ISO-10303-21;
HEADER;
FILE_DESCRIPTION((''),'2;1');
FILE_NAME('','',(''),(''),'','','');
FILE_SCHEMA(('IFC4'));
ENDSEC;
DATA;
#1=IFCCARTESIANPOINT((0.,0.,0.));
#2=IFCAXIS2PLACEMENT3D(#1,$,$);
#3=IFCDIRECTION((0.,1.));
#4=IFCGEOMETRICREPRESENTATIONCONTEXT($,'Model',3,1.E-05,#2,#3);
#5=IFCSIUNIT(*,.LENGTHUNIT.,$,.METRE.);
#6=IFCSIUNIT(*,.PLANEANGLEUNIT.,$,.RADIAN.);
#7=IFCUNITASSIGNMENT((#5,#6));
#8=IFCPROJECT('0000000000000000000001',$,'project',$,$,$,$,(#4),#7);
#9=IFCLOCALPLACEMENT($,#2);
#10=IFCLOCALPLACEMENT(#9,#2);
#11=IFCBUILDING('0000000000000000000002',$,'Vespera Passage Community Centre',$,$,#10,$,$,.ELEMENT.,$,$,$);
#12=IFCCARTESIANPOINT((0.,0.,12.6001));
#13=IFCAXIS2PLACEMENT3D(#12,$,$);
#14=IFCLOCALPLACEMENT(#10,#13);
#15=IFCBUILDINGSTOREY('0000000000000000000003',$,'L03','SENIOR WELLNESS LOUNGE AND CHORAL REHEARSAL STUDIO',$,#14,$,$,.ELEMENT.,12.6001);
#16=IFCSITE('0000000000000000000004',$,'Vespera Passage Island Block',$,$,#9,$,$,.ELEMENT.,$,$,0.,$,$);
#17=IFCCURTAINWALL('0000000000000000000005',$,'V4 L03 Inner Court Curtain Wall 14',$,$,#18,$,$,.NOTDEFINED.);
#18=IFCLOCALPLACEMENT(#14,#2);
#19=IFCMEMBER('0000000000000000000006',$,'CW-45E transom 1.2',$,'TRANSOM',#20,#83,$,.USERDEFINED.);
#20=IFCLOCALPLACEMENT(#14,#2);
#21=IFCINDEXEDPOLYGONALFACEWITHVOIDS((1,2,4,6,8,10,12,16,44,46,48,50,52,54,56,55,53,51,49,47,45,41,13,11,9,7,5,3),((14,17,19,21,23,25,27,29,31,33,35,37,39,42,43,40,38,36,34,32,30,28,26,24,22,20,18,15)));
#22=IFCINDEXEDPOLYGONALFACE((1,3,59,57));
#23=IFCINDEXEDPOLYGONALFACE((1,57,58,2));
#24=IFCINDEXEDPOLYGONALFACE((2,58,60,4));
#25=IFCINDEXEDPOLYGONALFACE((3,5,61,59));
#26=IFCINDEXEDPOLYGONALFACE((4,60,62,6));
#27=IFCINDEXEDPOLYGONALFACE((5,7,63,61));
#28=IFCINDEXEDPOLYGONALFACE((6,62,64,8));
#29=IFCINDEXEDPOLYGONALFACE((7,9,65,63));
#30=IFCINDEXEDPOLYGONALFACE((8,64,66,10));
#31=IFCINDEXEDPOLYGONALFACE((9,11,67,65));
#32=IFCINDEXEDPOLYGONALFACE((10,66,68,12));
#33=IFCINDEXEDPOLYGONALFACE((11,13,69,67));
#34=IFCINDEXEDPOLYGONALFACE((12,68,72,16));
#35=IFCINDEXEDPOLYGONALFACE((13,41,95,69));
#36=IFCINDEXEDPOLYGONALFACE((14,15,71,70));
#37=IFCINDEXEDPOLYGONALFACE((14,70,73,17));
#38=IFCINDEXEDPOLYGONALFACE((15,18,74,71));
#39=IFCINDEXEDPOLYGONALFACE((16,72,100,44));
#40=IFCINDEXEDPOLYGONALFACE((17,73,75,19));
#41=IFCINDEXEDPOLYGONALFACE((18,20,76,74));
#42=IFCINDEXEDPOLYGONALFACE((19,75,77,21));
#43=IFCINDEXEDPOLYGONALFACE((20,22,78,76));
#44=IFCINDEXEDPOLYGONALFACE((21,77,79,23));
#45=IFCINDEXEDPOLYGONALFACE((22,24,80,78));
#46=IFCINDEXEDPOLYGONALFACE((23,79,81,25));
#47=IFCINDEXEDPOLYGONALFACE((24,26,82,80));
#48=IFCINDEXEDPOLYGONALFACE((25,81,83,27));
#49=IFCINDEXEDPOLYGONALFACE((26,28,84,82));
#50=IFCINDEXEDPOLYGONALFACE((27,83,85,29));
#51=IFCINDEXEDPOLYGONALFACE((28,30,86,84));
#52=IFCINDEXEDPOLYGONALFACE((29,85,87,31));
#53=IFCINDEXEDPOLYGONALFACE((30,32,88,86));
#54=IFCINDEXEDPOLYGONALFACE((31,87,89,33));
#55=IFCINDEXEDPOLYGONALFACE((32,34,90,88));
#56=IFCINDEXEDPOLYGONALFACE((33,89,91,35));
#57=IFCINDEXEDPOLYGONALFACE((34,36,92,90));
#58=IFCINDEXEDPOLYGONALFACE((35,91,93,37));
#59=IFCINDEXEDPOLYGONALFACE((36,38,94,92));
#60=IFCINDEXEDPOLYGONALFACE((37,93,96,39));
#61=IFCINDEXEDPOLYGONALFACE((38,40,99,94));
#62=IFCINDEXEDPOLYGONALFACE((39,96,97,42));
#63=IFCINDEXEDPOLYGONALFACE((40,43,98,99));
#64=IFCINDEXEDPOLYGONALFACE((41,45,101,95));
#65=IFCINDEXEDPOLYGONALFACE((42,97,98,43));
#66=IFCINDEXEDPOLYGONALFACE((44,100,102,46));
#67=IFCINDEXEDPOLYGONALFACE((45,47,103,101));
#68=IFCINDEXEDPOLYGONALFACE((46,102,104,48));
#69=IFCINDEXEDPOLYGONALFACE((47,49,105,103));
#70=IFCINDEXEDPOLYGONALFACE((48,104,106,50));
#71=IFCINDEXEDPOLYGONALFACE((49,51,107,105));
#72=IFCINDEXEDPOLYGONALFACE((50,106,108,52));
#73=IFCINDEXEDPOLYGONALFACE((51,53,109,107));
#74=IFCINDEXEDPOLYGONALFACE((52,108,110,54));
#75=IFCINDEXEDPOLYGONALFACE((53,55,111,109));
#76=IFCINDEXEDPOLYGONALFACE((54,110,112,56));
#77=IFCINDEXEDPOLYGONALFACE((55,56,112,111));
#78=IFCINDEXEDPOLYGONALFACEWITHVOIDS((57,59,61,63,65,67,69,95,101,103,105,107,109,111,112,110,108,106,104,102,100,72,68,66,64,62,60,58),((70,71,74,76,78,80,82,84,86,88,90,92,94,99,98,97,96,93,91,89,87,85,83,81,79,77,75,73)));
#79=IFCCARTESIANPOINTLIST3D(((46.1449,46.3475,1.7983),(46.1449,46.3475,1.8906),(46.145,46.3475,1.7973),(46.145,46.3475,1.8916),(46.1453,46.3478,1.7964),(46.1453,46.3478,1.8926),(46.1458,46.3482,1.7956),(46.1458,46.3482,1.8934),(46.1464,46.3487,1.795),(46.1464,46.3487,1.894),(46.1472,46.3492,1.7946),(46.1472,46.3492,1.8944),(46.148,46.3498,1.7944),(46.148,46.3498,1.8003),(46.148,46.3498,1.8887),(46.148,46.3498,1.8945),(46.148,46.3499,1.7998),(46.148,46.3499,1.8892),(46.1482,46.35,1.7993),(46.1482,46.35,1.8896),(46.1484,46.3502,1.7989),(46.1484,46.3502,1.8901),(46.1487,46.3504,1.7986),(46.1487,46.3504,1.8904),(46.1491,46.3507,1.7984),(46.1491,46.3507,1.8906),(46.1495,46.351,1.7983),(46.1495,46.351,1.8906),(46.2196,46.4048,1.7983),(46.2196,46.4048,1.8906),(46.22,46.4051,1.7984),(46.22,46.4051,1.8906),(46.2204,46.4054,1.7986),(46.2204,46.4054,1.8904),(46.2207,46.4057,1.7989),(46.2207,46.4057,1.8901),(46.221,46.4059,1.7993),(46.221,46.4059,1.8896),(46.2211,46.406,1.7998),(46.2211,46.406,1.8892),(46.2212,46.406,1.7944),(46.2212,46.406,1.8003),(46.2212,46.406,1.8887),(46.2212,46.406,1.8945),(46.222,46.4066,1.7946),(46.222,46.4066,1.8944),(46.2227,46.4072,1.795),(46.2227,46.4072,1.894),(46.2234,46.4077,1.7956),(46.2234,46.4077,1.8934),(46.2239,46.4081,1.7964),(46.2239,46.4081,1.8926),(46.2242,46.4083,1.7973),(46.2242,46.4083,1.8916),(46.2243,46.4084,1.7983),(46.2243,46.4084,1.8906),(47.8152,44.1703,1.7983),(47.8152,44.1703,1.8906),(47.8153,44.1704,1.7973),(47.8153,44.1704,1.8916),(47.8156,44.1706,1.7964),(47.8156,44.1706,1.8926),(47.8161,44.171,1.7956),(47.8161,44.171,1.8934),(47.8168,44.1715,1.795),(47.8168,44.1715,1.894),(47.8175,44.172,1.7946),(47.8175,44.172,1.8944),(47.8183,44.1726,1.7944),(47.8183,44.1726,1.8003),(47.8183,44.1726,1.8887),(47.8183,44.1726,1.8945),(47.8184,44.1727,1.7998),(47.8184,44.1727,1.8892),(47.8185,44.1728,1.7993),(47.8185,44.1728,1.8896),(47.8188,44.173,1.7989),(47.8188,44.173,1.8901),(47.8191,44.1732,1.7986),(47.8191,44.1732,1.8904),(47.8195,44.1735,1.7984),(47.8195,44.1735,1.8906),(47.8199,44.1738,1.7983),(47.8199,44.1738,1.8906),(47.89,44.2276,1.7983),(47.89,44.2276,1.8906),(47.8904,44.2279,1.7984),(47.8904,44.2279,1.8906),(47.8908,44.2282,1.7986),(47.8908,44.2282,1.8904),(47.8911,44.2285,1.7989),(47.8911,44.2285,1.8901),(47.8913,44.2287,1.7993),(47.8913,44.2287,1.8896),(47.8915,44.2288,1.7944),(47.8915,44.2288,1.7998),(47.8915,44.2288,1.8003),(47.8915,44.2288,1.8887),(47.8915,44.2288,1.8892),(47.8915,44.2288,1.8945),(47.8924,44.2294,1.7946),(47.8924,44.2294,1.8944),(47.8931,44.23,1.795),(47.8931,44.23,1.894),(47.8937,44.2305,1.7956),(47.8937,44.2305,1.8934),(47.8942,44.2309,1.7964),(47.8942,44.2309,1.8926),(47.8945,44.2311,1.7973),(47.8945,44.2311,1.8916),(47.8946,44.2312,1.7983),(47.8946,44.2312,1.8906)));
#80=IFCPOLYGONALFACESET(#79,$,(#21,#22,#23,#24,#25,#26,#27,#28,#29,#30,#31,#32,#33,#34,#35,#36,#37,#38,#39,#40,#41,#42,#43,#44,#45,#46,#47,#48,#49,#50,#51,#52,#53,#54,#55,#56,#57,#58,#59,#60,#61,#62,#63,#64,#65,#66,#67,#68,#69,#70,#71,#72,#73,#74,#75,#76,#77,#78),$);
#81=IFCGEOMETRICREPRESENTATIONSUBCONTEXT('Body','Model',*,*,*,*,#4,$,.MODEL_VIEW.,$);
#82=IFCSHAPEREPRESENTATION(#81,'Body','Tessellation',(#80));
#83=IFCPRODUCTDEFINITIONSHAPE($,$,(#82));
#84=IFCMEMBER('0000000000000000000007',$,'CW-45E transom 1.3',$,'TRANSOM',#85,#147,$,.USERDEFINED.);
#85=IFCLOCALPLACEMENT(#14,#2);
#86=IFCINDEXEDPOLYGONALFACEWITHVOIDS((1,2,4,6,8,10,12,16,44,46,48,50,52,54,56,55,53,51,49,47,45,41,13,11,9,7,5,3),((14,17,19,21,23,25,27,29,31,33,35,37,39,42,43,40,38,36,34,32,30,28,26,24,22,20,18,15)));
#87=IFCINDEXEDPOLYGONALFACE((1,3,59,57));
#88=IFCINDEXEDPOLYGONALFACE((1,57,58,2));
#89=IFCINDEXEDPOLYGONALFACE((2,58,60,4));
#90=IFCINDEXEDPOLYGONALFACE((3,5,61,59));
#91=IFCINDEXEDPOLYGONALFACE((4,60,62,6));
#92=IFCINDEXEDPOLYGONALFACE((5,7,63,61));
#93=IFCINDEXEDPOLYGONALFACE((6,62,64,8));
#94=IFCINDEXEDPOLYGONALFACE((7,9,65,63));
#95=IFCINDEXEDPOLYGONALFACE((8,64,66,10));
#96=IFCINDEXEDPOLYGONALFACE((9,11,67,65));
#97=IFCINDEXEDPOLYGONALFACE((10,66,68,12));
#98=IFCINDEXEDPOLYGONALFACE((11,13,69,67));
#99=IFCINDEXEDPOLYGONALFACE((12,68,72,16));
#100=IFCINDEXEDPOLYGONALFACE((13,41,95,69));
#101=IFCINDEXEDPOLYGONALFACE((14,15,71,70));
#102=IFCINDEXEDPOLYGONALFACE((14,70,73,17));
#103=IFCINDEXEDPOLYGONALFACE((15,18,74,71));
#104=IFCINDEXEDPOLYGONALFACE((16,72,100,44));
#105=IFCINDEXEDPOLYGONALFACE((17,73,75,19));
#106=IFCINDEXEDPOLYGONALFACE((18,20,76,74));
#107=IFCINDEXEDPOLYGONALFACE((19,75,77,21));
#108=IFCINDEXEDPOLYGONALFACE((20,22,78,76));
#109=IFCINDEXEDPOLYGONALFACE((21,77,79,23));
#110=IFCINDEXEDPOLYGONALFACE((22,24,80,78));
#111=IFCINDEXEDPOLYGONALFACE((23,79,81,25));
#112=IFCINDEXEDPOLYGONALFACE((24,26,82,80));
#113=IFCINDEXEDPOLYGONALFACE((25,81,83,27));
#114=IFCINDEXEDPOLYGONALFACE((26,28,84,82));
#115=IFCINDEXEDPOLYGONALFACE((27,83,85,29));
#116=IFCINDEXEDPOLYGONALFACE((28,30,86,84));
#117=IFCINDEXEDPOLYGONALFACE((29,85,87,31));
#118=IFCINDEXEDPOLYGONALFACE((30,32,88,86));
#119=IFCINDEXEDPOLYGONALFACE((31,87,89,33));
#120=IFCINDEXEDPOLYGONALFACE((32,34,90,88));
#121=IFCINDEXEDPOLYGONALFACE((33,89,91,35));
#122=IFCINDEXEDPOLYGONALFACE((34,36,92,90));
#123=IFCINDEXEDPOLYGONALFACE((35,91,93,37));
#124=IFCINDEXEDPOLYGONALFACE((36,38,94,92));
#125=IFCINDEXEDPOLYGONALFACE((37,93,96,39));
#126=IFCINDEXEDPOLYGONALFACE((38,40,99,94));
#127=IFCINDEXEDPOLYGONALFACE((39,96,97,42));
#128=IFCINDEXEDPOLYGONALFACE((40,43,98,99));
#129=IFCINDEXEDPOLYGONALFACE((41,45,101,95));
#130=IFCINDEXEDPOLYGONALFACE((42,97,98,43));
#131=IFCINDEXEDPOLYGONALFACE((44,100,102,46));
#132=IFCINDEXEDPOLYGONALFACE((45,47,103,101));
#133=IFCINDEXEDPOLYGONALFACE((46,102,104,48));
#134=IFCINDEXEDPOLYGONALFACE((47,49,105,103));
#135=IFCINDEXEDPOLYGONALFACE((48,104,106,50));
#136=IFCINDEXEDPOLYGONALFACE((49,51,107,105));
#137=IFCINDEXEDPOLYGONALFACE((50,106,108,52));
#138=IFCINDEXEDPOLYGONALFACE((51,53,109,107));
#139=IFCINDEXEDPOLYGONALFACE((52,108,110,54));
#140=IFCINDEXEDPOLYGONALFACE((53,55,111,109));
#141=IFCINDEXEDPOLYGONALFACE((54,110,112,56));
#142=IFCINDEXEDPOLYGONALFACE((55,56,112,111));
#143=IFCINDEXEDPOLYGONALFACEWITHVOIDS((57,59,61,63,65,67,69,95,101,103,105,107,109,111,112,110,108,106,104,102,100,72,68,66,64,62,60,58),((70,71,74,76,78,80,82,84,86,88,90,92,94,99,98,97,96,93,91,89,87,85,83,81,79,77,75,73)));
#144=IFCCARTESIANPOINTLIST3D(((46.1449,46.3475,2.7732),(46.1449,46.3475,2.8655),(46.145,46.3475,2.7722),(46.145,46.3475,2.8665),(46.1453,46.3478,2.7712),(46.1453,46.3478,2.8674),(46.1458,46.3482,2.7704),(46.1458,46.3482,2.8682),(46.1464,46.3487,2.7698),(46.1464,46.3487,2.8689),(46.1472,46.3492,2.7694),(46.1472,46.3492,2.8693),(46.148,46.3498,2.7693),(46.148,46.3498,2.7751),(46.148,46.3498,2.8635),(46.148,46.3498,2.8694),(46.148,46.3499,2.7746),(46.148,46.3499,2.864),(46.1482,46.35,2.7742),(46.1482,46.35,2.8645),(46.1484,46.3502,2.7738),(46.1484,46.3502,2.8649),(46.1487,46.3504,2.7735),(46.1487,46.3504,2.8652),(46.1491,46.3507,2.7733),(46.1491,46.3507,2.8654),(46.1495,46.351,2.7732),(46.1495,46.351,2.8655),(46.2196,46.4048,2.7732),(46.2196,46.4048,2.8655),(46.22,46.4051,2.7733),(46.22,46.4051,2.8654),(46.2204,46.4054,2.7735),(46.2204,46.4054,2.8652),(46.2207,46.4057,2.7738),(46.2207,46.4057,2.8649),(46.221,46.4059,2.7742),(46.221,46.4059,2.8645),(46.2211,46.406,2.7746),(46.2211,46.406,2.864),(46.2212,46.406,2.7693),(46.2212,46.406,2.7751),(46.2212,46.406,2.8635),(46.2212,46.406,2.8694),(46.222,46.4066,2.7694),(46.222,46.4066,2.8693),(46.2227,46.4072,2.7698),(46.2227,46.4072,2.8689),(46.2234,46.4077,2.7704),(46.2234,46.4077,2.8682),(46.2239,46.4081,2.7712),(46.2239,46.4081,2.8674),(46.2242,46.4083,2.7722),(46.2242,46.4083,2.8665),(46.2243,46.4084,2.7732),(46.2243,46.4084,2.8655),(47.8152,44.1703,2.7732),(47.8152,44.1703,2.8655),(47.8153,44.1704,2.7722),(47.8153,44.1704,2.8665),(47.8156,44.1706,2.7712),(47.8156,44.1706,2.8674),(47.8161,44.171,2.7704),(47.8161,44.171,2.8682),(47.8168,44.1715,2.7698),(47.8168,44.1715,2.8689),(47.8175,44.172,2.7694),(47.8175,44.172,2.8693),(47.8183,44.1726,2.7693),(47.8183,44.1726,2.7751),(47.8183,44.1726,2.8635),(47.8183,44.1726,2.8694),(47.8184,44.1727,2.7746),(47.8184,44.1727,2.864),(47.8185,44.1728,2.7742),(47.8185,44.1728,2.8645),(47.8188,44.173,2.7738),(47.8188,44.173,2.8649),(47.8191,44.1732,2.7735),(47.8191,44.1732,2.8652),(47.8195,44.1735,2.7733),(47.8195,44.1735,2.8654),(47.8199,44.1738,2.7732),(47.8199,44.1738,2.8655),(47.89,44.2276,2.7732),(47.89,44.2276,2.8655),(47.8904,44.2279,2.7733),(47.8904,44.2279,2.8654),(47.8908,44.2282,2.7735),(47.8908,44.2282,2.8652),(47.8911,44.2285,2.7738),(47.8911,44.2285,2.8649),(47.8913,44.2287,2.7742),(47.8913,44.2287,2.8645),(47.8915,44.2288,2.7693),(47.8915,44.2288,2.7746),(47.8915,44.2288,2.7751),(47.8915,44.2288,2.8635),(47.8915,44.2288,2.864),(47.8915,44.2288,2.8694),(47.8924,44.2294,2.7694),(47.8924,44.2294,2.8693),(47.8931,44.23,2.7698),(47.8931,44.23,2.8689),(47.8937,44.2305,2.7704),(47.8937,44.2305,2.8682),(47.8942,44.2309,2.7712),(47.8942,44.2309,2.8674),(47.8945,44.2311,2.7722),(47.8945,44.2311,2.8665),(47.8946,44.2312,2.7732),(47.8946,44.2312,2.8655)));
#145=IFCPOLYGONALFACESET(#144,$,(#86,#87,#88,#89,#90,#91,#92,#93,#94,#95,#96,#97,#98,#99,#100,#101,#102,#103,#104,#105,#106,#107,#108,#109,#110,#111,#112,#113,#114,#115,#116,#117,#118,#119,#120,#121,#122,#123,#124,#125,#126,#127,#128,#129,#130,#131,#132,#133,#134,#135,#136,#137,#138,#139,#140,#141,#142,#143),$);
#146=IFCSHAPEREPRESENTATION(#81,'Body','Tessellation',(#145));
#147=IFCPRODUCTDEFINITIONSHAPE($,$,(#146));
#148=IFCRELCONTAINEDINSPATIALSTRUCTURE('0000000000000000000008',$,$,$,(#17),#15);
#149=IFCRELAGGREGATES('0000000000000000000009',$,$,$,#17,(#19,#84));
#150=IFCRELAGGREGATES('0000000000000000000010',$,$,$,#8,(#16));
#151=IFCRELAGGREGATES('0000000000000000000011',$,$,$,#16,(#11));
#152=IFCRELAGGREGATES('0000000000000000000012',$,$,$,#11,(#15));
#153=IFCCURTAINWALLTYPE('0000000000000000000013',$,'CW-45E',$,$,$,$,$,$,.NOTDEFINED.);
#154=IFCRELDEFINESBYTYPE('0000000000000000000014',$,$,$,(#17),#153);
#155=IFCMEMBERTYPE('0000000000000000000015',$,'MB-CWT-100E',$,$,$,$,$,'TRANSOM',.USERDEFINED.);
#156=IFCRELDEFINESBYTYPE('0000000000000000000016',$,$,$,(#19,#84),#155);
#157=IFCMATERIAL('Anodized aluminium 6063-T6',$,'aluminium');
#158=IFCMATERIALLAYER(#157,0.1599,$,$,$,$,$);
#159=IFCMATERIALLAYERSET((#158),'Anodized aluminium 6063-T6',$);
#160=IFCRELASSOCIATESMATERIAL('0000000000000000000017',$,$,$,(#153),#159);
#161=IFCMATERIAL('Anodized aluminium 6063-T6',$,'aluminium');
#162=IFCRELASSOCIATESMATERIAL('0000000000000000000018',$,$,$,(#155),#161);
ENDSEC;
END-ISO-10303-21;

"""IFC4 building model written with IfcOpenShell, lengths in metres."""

from ifc_helpers import new_model, si_unit, direction, frame, origin, origin_2d, place, context, subcontext, project, spatial, hollow_rectangle, extrude, material, layer, layer_set, material_profile, profile_set, type_object, element, aggregate, save


model = new_model("IFC4")

# Units and contexts
model_context = context("Model", 3, precision=1e-05, world=origin(), true_north=direction((0.0, 1.0)))
body_context = subcontext(model_context, "Body", "Model", "MODEL_VIEW")
ifc_project = project(units=[si_unit("LENGTHUNIT", "METRE"), si_unit("PLANEANGLEUNIT", "RADIAN")], contexts=[model_context])

# Site, building, storey
site_placement = place(None, origin())
site = spatial("IfcSite", under=ifc_project, at=site_placement, Name="Vespera Passage Island Block", CompositionType="ELEMENT", RefElevation=0.0)
building_placement = place(site_placement, origin())
building = spatial("IfcBuilding", under=site, at=building_placement, Name="Vespera Passage Community Centre", CompositionType="ELEMENT")
storey_placement = place(building_placement, frame((0.0, 0.0, 12.6001)))
storey = spatial("IfcBuildingStorey", under=building, at=storey_placement, Name="L03", Description="SENIOR WELLNESS LOUNGE AND CHORAL REHEARSAL STUDIO", CompositionType="ELEMENT", Elevation=12.6001)

# Curtain wall
ifc_material_1 = material(Name="Anodized aluminium 6063-T6", Category="aluminium")
ifc_layer_1 = layer(ifc_material_1, 0.1599)
ifc_layer_set_1 = layer_set([ifc_layer_1], Name="Anodized aluminium 6063-T6")
curtain_wall_type_1 = type_object("IfcCurtainWallType", Name="CW-45E", PredefinedType="NOTDEFINED", material=ifc_layer_set_1)
curtain_wall_1_placement = place(storey_placement, origin())
curtain_wall_1 = element("IfcCurtainWall", 1, at=curtain_wall_1_placement, inside=storey, type_object=curtain_wall_type_1, Name="V4 L03 Inner Court Curtain Wall 14", PredefinedType="NOTDEFINED")

# Members
ifc_material_2 = material(Name="Anodized aluminium 6063-T6", Category="aluminium")
ifc_material_profile_1 = material_profile(ifc_material_2, hollow_rectangle(XDim=0.1001, YDim=0.1001, WallThickness=0.0039, InnerFilletRadius=0.002, OuterFilletRadius=0.0039, at=origin_2d()), Name="ALU100X100X4")
ifc_profile_set_1 = profile_set([ifc_material_profile_1], Name="Anodized aluminium 6063-T6")
member_type_1 = type_object("IfcMemberType", Name="MB-CWT-100E", ElementType="TRANSOM", PredefinedType="USERDEFINED", material=ifc_profile_set_1)
member_1_placement = place(storey_placement, frame((46.1846, 46.3779, 1.8445), z_axis=(0.608704, -0.793397, 0.0), x_axis=(0.793397, 0.608704, 0.0)))
member_1 = element("IfcMember", 2, at=member_1_placement, type_object=member_type_1, Name="CW-45E transom 1.2", ObjectType="TRANSOM", PredefinedType="USERDEFINED", context=body_context, shape_type="SweptSolid", body=[
    extrude(hollow_rectangle(XDim=0.1001, YDim=0.1001, WallThickness=0.0039, InnerFilletRadius=0.002, OuterFilletRadius=0.0039, at=origin_2d()), origin(), (0.0, 0.0, 1.0), 2.7441),
])
member_2_placement = place(storey_placement, frame((46.1846, 46.3779, 2.8193), z_axis=(0.608704, -0.793397, 0.0), x_axis=(0.793397, 0.608704, 0.0)))
member_2 = element("IfcMember", 3, at=member_2_placement, type_object=member_type_1, Name="CW-45E transom 1.3", ObjectType="TRANSOM", PredefinedType="USERDEFINED", context=body_context, shape_type="SweptSolid", body=[
    extrude(hollow_rectangle(XDim=0.1001, YDim=0.1001, WallThickness=0.0039, InnerFilletRadius=0.002, OuterFilletRadius=0.0039, at=origin_2d()), origin(), (0.0, 0.0, 1.0), 2.7441),
])

aggregate(curtain_wall_1, [member_1, member_2])

save(model, "model.ifc")
